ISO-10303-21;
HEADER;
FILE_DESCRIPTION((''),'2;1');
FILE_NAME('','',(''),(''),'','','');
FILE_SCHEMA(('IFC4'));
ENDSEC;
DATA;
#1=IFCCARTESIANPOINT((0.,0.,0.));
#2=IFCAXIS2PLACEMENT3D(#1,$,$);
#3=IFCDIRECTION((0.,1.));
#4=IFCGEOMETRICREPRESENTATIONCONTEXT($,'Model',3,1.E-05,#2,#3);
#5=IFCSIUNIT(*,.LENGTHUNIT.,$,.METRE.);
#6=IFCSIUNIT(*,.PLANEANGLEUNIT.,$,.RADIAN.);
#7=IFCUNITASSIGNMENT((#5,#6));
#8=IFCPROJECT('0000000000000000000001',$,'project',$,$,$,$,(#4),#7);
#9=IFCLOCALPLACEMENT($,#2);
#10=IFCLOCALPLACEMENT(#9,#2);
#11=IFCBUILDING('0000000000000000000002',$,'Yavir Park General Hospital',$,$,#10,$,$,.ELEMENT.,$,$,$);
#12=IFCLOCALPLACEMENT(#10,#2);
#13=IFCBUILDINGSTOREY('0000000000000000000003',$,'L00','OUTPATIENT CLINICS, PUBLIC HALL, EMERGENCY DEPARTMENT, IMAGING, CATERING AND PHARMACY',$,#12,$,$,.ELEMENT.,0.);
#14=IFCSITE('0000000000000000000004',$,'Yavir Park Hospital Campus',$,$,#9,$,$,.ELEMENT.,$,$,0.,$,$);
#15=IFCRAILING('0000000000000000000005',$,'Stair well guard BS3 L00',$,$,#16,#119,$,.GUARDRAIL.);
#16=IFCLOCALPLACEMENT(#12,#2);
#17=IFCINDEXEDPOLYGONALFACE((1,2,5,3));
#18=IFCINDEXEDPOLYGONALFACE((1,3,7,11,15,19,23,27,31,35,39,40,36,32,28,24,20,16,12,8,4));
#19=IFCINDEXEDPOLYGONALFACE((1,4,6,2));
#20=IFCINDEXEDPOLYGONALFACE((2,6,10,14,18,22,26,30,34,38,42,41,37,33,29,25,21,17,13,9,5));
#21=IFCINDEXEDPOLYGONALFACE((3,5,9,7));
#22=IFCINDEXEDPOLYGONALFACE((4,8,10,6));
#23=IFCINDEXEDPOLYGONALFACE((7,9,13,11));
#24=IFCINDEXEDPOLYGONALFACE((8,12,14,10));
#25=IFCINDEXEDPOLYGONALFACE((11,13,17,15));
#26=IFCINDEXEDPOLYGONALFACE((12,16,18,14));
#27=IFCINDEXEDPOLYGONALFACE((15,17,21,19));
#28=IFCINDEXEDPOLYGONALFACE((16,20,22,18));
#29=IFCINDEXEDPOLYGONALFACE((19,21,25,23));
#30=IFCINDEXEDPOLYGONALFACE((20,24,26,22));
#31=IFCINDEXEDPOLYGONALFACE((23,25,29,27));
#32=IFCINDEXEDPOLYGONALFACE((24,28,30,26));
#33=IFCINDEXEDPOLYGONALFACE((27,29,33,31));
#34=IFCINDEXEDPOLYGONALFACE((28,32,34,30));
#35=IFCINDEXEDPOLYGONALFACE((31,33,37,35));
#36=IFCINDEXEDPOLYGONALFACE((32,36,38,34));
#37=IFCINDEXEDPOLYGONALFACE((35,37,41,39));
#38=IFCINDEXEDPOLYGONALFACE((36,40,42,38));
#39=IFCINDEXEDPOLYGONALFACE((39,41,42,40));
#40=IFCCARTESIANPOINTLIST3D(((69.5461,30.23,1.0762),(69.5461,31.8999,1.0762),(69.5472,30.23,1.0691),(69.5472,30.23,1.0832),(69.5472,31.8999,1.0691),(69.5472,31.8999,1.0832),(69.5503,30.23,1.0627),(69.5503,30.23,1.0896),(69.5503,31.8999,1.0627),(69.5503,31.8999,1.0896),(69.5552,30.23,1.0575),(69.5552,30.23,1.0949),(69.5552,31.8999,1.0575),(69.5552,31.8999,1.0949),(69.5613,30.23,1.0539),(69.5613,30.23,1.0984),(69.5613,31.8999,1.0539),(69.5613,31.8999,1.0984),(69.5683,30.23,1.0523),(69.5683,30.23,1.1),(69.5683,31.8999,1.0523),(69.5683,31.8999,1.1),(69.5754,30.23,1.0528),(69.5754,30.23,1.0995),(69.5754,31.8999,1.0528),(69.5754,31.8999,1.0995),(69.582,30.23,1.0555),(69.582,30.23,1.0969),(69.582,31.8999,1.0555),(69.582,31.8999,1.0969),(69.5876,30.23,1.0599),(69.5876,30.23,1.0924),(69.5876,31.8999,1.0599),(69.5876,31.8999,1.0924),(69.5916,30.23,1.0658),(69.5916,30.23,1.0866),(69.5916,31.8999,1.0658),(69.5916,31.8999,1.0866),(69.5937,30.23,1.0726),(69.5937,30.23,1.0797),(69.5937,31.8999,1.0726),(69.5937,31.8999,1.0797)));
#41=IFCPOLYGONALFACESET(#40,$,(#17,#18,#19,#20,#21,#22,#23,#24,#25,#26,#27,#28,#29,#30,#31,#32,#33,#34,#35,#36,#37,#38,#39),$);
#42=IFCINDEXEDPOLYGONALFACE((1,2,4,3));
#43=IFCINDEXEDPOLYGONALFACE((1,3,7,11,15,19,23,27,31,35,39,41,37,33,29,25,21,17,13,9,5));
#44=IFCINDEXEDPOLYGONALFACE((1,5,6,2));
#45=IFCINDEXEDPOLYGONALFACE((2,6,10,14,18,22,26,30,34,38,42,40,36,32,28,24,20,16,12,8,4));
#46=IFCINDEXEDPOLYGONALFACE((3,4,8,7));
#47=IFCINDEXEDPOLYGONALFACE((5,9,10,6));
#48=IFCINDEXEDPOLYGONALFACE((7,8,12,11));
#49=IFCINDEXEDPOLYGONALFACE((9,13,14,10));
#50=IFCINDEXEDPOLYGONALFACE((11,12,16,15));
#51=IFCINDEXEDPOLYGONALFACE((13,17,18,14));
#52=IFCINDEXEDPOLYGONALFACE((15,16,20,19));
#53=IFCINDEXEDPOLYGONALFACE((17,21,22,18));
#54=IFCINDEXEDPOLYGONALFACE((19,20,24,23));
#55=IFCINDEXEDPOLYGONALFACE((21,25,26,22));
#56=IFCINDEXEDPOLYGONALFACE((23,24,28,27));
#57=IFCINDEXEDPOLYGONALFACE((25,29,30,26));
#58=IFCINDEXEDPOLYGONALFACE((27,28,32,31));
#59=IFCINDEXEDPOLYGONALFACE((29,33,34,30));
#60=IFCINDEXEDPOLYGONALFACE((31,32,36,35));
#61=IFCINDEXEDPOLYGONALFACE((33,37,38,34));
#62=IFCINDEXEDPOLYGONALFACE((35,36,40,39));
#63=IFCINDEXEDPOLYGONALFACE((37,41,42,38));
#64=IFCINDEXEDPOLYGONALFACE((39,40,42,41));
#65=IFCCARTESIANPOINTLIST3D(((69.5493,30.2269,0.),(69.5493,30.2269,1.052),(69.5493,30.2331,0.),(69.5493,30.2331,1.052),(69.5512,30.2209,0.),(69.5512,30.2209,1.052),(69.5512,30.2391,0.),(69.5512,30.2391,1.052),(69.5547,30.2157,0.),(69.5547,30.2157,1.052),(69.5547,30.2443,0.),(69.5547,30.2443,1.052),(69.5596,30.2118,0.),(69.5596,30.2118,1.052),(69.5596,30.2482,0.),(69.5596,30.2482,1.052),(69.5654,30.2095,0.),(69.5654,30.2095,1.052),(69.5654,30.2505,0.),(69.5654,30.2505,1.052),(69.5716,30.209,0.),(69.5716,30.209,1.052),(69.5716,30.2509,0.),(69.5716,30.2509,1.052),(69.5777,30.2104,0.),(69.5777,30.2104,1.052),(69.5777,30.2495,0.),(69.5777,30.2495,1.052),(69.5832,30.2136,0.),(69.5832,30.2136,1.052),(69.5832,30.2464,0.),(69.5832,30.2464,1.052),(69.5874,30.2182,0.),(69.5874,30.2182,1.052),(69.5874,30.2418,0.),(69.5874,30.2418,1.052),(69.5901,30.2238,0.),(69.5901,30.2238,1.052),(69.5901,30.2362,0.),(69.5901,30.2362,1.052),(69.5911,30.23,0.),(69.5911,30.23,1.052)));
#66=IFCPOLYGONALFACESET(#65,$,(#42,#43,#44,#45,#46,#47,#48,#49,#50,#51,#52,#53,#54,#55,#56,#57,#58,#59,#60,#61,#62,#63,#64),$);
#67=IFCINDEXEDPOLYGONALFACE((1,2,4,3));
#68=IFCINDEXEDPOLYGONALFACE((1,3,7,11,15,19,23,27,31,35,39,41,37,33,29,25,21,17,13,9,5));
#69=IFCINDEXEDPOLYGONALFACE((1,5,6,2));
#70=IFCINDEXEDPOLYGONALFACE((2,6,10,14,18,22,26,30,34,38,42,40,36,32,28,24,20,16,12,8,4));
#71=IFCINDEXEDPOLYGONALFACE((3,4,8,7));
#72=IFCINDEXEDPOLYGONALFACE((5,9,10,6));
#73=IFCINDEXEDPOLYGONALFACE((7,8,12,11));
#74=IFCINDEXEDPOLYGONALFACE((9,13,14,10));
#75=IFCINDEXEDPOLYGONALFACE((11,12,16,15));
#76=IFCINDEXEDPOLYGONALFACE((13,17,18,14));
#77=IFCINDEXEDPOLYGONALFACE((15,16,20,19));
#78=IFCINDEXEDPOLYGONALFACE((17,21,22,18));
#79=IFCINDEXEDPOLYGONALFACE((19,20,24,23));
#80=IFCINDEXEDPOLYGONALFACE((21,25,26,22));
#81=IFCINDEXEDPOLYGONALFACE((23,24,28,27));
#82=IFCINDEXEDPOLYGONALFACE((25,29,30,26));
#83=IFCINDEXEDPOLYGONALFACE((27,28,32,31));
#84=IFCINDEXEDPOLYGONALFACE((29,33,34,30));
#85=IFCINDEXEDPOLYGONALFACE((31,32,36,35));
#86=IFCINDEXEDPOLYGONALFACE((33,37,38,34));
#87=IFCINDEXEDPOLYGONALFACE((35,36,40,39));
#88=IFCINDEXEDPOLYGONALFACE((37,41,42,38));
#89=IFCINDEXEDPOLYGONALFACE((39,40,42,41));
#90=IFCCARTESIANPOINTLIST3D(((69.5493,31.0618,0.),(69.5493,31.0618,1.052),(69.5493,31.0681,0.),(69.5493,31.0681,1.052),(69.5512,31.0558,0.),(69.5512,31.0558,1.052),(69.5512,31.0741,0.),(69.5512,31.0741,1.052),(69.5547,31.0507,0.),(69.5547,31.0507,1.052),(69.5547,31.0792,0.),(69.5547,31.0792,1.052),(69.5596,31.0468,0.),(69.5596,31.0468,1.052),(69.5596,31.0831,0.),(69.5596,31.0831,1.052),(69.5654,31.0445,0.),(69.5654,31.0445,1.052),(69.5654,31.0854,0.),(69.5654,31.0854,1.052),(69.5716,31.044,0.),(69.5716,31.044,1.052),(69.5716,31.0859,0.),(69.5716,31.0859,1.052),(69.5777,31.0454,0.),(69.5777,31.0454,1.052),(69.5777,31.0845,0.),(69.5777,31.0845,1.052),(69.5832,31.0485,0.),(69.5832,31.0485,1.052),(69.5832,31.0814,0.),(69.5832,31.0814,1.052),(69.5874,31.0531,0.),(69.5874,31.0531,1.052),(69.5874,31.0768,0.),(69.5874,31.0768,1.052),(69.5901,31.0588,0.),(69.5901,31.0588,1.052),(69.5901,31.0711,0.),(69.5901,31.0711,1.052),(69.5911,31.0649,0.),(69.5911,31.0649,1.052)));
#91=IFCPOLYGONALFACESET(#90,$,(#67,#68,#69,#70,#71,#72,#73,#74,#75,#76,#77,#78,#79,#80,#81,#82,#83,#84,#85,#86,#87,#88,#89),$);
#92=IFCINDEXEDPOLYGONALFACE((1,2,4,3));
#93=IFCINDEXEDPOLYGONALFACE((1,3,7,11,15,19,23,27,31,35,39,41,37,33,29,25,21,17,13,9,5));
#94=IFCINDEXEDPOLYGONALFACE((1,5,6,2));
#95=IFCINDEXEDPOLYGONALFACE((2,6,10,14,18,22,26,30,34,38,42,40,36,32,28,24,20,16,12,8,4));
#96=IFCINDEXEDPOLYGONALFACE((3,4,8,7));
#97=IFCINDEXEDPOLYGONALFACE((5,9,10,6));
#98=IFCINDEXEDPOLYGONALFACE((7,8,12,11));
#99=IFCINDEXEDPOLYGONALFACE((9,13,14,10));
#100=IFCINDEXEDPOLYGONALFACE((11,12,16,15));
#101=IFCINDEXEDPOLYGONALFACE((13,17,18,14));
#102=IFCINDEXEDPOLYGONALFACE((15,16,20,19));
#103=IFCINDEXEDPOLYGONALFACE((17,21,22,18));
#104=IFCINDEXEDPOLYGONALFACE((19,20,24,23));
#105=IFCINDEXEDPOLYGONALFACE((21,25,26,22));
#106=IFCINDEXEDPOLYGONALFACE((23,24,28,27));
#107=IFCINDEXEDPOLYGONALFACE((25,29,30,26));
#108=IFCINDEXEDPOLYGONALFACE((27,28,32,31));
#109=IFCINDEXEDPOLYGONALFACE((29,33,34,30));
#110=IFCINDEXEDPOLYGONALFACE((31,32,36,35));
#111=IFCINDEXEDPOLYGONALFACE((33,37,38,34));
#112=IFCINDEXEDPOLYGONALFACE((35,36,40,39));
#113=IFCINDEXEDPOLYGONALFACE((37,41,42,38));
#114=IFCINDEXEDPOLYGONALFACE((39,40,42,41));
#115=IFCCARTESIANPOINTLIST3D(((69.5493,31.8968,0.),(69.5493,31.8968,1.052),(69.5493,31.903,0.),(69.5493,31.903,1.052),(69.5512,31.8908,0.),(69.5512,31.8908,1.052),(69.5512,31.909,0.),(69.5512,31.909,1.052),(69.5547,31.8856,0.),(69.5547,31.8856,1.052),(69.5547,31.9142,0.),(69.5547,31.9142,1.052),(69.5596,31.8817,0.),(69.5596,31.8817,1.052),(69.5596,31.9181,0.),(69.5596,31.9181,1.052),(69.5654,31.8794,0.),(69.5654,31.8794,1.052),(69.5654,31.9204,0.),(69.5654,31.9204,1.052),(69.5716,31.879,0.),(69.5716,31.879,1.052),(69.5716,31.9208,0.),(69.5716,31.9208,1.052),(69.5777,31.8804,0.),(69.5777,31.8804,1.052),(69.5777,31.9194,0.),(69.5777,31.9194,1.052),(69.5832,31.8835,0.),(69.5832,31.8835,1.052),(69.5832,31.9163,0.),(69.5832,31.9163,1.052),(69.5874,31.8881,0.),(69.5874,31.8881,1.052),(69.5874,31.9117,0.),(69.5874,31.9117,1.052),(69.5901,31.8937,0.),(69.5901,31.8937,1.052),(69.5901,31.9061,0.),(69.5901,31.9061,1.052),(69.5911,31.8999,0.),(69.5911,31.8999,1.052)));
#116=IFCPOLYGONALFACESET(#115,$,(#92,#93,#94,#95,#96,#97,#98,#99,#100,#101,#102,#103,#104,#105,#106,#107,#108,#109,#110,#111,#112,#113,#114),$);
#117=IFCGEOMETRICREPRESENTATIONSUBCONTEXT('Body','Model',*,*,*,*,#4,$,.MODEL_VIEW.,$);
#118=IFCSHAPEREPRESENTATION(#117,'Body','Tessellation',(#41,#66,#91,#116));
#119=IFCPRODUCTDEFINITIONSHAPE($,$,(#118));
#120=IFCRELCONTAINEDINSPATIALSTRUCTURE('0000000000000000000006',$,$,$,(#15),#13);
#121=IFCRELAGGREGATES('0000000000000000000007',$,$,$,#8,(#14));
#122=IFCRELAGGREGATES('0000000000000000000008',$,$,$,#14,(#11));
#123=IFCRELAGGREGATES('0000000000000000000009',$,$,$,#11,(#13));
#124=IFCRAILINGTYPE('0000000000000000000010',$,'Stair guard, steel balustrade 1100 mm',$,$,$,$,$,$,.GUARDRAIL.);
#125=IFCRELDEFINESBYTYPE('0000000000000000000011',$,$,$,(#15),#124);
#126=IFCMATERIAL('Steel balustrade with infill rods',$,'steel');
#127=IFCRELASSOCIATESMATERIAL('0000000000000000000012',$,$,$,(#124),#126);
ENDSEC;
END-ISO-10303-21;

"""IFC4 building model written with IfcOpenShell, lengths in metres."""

from ifc_helpers import new_model, si_unit, direction, frame, origin, origin_2d, place, context, subcontext, project, spatial, circle, extrude, material, type_object, element, save


model = new_model("IFC4")

# Units and contexts
model_context = context("Model", 3, precision=1e-05, world=origin(), true_north=direction((0.0, 1.0)))
body_context = subcontext(model_context, "Body", "Model", "MODEL_VIEW")
ifc_project = project(units=[si_unit("LENGTHUNIT", "METRE"), si_unit("PLANEANGLEUNIT", "RADIAN")], contexts=[model_context])

# Site, building, storey
site_placement = place(None, origin())
site = spatial("IfcSite", under=ifc_project, at=site_placement, Name="Yavir Park Hospital Campus", CompositionType="ELEMENT", RefElevation=0.0)
building_placement = place(site_placement, origin())
building = spatial("IfcBuilding", under=site, at=building_placement, Name="Yavir Park General Hospital", CompositionType="ELEMENT")
storey_placement = place(building_placement, origin())
storey = spatial("IfcBuildingStorey", under=building, at=storey_placement, Name="L00", Description="OUTPATIENT CLINICS, PUBLIC HALL, EMERGENCY DEPARTMENT, IMAGING, CATERING AND PHARMACY", CompositionType="ELEMENT", Elevation=0.0)

# Railing
ifc_material_1 = material(Name="Steel balustrade with infill rods", Category="steel")
railing_type = type_object("IfcRailingType", Name="Stair guard, steel balustrade 1100 mm", PredefinedType="GUARDRAIL", material=ifc_material_1)
railing_placement = place(storey_placement, frame((69.5701, 30.23, 0.0)))
element("IfcRailing", 1, at=railing_placement, inside=storey, type_object=railing_type, Name="Stair well guard BS3 L00", PredefinedType="GUARDRAIL", context=body_context, shape_type="SweptSolid", body=[
    extrude(circle(Radius=0.0239, at=origin_2d()), frame((0.0, 0.0, 1.0762), z_axis=(0.0, 1.0, 0.0), x_axis=(-1.0, 0.0, 0.0)), (0.0, 0.0, 1.0), 1.6699),
    extrude(circle(Radius=0.021, at=origin_2d()), origin(), (0.0, 0.0, 1.0), 1.052),
    extrude(circle(Radius=0.021, at=origin_2d()), frame((0.0, 0.835, 0.0)), (0.0, 0.0, 1.0), 1.052),
    extrude(circle(Radius=0.021, at=origin_2d()), frame((0.0, 1.6699, 0.0)), (0.0, 0.0, 1.0), 1.052),
])

save(model, "model.ifc")
